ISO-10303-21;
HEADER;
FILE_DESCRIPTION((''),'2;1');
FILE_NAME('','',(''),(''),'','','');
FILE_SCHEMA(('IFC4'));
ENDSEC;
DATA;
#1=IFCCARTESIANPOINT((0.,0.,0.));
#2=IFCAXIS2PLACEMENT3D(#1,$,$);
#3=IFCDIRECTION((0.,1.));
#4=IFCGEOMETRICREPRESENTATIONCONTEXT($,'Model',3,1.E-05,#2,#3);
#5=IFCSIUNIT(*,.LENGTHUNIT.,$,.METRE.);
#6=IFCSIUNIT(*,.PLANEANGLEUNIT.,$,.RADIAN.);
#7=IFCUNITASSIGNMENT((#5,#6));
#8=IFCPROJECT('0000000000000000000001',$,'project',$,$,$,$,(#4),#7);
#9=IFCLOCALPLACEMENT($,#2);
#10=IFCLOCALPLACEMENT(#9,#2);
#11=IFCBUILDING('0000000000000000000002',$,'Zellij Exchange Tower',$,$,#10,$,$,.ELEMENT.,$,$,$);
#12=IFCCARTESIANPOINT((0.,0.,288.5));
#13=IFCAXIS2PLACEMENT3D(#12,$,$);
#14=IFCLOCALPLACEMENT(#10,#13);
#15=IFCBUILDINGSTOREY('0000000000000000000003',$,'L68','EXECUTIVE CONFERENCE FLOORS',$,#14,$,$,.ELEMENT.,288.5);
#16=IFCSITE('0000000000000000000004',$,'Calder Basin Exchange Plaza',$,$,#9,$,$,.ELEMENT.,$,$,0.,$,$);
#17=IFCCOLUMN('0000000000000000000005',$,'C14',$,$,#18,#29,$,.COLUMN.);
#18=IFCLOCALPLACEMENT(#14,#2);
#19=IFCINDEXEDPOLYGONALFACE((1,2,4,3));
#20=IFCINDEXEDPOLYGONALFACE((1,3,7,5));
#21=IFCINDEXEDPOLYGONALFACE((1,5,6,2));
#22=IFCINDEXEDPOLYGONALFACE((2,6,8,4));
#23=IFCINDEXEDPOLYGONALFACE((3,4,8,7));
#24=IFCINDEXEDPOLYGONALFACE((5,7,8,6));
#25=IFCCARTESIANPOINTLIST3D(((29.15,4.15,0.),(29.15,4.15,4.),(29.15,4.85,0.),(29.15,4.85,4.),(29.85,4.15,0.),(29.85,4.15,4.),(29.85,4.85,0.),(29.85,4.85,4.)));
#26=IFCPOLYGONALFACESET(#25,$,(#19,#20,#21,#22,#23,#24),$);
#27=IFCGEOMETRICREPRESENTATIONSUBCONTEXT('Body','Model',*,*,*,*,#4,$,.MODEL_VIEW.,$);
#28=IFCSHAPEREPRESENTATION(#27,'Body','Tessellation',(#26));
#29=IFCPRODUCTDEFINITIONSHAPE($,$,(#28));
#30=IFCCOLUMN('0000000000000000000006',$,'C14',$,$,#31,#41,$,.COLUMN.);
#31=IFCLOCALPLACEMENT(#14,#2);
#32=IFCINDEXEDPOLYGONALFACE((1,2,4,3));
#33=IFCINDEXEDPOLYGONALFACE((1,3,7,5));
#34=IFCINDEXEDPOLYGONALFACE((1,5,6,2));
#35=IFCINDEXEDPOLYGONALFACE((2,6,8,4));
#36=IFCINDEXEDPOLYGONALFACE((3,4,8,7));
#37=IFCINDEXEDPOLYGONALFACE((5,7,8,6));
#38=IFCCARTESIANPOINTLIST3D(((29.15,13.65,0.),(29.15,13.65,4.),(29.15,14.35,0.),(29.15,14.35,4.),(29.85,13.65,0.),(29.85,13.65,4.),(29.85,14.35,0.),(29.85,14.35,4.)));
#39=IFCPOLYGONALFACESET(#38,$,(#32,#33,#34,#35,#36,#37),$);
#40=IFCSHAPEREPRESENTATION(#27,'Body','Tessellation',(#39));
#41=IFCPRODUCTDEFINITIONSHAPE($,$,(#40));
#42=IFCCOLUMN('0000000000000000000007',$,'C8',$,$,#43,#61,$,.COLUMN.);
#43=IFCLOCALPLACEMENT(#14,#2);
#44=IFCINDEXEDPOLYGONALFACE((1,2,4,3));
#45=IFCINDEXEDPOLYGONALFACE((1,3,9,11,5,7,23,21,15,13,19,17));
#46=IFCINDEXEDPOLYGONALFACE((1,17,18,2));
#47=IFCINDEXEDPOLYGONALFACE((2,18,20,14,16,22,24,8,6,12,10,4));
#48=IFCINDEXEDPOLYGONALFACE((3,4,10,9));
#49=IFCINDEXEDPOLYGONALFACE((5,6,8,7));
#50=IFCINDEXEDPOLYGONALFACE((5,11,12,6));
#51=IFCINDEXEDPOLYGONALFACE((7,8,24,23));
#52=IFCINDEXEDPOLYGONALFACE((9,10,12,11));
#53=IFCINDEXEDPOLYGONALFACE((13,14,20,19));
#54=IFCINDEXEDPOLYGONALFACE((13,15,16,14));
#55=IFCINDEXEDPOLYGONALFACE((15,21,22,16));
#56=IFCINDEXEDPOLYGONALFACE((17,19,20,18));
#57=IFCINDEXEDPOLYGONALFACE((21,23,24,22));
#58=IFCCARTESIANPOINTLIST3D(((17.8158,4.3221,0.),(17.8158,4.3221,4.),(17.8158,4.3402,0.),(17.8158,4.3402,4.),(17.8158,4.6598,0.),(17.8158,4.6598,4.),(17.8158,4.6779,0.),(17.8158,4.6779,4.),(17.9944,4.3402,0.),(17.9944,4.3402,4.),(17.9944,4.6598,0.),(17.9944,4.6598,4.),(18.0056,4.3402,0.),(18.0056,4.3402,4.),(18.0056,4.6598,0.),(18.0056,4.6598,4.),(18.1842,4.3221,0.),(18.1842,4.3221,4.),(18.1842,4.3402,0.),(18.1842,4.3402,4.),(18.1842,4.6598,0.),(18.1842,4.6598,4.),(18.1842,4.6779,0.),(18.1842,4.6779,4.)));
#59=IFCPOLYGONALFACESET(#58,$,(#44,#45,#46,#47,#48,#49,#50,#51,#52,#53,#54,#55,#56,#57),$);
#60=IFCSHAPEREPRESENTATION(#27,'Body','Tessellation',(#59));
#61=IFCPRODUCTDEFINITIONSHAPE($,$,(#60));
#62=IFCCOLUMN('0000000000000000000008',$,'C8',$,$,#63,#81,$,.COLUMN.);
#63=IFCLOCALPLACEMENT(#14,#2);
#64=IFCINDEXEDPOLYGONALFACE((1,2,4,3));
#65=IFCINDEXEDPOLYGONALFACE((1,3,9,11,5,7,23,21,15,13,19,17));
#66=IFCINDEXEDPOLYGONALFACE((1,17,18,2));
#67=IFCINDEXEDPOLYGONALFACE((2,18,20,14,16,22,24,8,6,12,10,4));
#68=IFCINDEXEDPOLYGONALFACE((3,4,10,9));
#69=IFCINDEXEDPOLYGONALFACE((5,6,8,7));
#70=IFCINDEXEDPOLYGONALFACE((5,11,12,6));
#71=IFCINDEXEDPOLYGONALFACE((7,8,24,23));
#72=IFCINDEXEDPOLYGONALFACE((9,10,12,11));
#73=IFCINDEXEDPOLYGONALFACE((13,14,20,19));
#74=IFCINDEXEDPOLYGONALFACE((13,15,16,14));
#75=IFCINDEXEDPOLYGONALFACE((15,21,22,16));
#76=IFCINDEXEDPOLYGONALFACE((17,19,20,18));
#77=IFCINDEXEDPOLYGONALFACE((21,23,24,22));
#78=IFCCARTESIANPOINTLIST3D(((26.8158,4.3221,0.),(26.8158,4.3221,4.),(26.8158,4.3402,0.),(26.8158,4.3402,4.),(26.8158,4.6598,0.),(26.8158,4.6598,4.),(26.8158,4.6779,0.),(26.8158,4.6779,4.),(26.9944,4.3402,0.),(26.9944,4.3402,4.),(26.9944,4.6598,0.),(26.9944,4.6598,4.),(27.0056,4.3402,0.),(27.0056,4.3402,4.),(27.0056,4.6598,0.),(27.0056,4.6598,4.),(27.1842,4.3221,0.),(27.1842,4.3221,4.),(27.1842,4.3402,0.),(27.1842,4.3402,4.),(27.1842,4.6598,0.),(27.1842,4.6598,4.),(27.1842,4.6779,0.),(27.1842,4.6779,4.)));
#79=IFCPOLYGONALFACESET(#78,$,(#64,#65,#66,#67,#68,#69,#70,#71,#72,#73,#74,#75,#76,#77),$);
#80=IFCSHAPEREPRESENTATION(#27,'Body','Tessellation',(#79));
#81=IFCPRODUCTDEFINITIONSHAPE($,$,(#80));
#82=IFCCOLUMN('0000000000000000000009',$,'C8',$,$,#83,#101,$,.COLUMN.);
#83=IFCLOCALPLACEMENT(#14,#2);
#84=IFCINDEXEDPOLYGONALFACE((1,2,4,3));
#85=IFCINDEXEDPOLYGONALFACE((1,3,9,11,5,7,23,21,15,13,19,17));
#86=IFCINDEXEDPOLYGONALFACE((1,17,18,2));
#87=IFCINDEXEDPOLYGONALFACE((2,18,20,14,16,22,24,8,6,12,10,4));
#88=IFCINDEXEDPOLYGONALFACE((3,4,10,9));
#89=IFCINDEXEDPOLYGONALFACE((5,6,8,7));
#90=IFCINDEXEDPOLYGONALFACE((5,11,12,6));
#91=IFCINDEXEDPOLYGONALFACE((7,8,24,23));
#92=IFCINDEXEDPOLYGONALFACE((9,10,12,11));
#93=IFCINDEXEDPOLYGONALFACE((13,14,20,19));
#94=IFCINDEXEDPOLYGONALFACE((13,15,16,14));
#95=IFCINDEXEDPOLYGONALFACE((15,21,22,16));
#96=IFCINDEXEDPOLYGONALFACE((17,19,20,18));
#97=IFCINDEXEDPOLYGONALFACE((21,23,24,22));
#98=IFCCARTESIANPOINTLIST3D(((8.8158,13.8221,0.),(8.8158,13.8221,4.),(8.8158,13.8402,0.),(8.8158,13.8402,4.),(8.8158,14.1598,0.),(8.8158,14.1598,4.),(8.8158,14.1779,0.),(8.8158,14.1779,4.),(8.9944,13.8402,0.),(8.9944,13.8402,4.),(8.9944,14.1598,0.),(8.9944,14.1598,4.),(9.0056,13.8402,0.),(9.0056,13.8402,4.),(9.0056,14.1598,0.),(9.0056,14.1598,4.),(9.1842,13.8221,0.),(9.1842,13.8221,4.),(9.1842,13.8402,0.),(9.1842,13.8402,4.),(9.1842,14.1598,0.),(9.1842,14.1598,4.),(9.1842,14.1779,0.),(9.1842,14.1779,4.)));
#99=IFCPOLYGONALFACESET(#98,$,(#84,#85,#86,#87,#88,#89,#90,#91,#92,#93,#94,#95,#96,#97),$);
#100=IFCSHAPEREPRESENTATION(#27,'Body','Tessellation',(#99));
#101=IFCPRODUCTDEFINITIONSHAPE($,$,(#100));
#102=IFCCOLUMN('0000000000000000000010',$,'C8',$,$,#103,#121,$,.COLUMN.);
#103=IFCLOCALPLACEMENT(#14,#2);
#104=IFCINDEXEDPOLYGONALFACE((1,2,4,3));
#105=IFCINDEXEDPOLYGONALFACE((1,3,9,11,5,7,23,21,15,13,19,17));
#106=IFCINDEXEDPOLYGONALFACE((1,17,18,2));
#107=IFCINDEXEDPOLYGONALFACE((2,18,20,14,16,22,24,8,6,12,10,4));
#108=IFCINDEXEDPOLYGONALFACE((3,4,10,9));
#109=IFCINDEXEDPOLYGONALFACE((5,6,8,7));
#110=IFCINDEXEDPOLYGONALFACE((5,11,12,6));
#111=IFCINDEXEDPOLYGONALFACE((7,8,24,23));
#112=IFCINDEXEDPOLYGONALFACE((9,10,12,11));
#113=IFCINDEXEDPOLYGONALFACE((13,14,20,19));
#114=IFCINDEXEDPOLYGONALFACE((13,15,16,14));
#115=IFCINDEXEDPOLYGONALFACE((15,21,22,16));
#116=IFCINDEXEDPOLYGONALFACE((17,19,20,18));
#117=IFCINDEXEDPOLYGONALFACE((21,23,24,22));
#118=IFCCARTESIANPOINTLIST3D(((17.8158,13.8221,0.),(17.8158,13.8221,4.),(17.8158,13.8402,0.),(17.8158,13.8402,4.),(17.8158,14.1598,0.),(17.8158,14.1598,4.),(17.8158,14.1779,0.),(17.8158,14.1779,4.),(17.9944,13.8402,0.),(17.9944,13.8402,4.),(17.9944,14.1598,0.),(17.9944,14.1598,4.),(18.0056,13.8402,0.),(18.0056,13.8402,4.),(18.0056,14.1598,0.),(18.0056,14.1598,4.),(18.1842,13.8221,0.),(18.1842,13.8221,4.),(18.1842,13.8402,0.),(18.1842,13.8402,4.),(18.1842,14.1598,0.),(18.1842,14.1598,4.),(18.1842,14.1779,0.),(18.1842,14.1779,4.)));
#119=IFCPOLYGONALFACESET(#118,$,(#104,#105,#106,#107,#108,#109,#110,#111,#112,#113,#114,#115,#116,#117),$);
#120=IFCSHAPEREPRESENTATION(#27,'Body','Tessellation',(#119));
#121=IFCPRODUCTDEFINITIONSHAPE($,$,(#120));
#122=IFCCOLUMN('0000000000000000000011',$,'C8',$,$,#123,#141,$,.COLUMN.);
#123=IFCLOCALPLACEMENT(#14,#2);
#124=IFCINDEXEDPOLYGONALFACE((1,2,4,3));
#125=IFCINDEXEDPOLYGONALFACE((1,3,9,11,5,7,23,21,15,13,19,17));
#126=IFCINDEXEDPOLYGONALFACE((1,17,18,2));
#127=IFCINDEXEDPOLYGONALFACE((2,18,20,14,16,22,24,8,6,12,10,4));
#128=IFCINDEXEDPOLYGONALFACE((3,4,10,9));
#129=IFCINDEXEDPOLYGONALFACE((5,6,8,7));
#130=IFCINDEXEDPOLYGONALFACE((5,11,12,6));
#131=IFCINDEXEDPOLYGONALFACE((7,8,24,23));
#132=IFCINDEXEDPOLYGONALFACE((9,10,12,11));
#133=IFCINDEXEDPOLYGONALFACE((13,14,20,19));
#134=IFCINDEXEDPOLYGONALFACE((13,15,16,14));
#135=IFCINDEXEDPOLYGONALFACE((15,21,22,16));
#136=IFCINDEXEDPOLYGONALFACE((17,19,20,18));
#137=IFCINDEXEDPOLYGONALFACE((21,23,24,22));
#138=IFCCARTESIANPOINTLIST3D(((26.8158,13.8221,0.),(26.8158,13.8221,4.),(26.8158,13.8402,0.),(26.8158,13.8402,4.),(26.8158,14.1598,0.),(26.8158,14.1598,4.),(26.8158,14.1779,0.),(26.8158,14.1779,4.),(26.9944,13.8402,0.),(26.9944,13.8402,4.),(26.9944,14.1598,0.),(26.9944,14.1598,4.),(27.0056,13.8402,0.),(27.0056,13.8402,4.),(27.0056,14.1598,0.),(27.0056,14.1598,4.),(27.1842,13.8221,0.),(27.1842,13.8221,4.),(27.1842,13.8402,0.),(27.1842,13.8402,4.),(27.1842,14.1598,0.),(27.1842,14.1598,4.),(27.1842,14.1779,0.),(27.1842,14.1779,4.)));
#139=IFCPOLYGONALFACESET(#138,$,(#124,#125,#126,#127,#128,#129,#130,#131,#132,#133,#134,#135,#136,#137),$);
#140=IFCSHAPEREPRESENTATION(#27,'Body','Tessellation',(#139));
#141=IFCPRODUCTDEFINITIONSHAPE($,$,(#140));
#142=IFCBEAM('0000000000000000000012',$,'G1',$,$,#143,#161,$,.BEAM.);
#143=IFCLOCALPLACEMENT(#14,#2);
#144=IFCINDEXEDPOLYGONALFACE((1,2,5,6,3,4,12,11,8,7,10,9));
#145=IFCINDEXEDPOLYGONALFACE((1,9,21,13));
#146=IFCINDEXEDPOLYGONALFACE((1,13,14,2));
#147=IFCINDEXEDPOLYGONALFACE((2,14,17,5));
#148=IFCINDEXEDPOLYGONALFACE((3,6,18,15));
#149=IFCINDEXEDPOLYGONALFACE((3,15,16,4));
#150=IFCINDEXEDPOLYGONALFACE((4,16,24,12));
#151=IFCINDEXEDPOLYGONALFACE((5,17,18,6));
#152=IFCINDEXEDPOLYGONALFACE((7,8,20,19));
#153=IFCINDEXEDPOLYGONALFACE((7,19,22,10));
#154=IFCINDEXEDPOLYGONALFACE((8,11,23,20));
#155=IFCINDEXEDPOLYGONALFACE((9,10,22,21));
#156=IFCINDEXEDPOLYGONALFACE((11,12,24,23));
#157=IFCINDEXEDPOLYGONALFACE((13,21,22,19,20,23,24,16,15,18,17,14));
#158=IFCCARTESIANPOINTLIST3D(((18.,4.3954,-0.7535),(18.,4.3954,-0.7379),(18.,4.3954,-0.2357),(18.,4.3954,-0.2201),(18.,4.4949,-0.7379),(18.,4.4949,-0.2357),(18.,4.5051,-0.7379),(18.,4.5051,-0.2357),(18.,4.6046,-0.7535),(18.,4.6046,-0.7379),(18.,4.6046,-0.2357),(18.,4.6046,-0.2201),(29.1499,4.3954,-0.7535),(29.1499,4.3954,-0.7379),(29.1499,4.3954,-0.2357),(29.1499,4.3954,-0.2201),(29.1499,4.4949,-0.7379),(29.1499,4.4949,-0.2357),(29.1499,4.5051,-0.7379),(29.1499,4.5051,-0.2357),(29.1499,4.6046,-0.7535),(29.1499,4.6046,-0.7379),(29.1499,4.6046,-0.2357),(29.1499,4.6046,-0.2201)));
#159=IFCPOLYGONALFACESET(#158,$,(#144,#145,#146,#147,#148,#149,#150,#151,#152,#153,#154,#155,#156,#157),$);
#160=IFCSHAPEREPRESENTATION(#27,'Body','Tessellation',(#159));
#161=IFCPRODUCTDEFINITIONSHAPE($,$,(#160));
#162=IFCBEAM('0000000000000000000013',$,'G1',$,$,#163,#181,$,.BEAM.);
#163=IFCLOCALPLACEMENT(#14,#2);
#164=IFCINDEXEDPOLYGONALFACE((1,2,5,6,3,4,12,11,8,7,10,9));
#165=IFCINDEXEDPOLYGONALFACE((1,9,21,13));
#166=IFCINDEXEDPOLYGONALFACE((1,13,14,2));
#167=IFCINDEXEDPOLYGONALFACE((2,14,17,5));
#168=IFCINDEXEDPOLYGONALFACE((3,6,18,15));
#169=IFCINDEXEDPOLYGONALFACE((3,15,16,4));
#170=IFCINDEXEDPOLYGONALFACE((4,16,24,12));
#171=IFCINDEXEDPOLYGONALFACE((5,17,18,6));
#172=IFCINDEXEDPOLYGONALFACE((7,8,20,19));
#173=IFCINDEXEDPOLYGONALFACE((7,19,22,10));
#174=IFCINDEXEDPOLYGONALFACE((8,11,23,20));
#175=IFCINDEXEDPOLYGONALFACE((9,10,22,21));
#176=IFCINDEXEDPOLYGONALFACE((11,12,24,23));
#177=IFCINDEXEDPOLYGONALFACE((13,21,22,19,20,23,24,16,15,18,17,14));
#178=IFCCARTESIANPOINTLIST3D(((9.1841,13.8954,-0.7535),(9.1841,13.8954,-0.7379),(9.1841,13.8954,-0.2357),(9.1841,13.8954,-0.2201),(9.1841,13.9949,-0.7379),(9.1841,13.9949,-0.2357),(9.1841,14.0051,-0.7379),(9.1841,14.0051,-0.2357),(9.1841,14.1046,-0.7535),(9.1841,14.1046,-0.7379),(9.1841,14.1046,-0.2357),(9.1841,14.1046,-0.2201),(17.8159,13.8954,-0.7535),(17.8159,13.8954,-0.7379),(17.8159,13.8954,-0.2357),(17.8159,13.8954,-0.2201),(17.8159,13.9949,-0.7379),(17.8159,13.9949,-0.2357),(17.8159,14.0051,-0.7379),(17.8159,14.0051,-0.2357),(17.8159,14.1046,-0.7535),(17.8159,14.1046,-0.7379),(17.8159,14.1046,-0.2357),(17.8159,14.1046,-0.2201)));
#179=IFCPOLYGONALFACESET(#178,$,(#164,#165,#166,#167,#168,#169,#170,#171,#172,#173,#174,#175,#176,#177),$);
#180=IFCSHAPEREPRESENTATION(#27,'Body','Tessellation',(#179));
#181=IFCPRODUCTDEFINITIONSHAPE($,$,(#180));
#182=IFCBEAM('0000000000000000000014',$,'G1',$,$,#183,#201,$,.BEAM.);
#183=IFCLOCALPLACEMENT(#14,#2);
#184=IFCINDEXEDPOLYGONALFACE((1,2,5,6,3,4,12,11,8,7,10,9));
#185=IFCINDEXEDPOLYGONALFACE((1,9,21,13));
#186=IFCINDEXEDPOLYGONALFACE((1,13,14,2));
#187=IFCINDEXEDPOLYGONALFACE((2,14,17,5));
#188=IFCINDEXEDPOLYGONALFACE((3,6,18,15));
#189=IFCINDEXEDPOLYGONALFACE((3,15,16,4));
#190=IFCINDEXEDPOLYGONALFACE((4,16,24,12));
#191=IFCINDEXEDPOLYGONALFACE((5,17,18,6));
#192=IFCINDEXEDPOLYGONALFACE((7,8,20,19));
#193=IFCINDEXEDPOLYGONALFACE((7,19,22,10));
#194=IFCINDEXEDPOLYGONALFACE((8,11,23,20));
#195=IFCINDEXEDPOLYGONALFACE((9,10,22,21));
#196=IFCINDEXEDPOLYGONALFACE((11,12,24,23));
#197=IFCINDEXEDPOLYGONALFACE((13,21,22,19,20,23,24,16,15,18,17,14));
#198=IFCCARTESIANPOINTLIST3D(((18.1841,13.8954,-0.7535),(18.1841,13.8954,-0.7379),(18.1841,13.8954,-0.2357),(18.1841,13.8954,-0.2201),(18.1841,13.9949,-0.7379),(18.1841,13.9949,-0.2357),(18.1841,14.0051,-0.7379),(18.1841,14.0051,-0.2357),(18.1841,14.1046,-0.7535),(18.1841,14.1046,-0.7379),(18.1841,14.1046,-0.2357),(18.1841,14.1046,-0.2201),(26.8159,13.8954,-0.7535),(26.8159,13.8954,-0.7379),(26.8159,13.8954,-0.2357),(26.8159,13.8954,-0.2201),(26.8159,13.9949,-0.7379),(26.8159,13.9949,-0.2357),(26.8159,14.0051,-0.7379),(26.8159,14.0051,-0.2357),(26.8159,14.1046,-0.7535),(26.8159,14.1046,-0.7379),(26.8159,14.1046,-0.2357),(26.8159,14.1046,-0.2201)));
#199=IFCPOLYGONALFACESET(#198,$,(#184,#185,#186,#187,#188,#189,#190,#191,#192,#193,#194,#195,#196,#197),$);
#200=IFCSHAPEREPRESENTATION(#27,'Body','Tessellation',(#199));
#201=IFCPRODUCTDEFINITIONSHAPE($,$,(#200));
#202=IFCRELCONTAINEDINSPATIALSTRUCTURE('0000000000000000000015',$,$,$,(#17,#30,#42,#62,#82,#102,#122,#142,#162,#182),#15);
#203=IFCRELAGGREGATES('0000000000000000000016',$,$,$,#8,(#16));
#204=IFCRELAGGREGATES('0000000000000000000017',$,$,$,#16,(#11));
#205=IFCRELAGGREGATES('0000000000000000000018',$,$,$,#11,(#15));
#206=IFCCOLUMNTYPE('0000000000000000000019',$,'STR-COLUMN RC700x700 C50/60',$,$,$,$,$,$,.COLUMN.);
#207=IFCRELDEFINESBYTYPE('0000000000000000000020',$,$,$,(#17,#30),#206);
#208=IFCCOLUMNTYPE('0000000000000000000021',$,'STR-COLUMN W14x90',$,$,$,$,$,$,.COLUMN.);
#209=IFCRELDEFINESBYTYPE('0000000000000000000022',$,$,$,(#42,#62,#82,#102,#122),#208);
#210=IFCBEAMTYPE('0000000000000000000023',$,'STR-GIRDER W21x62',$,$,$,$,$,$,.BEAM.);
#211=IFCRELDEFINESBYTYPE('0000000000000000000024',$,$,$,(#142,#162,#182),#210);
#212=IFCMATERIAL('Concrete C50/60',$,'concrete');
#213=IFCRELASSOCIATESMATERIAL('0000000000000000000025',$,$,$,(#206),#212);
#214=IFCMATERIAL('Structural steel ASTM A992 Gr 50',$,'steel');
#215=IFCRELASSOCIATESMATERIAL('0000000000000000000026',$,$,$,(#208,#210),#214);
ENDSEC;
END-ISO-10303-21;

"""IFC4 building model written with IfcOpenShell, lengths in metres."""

from ifc_helpers import new_model, si_unit, direction, frame, origin, origin_2d, place, context, subcontext, project, spatial, rectangle, i_section, extrude, material, material_profile, profile_set, type_object, element, save


model = new_model("IFC4")

# Units and contexts
model_context = context("Model", 3, precision=1e-05, world=origin(), true_north=direction((0.0, 1.0)))
body_context = subcontext(model_context, "Body", "Model", "MODEL_VIEW")
ifc_project = project(units=[si_unit("LENGTHUNIT", "METRE"), si_unit("PLANEANGLEUNIT", "RADIAN")], contexts=[model_context])

# Site, building, storey
site_placement = place(None, origin())
site = spatial("IfcSite", under=ifc_project, at=site_placement, Name="Calder Basin Exchange Plaza", CompositionType="ELEMENT", RefElevation=0.0)
building_placement = place(site_placement, origin())
building = spatial("IfcBuilding", under=site, at=building_placement, Name="Zellij Exchange Tower", CompositionType="ELEMENT")
storey_placement = place(building_placement, frame((0.0, 0.0, 288.5)))
storey = spatial("IfcBuildingStorey", under=building, at=storey_placement, Name="L68", Description="EXECUTIVE CONFERENCE FLOORS", CompositionType="ELEMENT", Elevation=288.5)

# Columns
ifc_material_1 = material(Name="Concrete C50/60", Category="concrete")
ifc_material_profile_1 = material_profile(ifc_material_1, rectangle(XDim=0.7, YDim=0.7, at=origin_2d()), Name="STR-COLUMN RC700x700 C50/60")
ifc_profile_set_1 = profile_set([ifc_material_profile_1], Name="Concrete C50/60")
column_type_1 = type_object("IfcColumnType", Name="STR-COLUMN RC700x700 C50/60", PredefinedType="COLUMN", material=ifc_profile_set_1)
for number, where, z_axis, x_axis, name in (
    (1, (29.5, 4.5, 0.0), (0.0, 0.0, 1.0), (1.0, 0.0, 0.0), "C14"),
    (2, (29.5, 14.0, 0.0), (0.0, 0.0, 1.0), (1.0, 0.0, 0.0), "C14"),
):
    element("IfcColumn", number, at=place(storey_placement, frame(where, z_axis=z_axis, x_axis=x_axis)), inside=storey, type_object=column_type_1, Name=name, PredefinedType="COLUMN", context=body_context, shape_type="SweptSolid", body=[
        extrude(rectangle(XDim=0.7, YDim=0.7, at=origin_2d()), origin(), (0.0, 0.0, 1.0), 4.0),
    ])
ifc_material_2 = material(Name="Structural steel ASTM A992 Gr 50", Category="steel")
ifc_material_profile_2 = material_profile(ifc_material_2, i_section(OverallWidth=0.3684, OverallDepth=0.3557, WebThickness=0.0112, FlangeThickness=0.0181, at=origin_2d()), Name="W14x90")
ifc_profile_set_2 = profile_set([ifc_material_profile_2], Name="Structural steel ASTM A992 Gr 50")
column_type_2 = type_object("IfcColumnType", Name="STR-COLUMN W14x90", PredefinedType="COLUMN", material=ifc_profile_set_2)
for number, where, z_axis, x_axis, name in (
    (3, (18.0, 4.5, 0.0), (0.0, 0.0, 1.0), (1.0, 0.0, 0.0), "C8"),
    (4, (27.0, 4.5, 0.0), (0.0, 0.0, 1.0), (1.0, 0.0, 0.0), "C8"),
    (5, (9.0, 14.0, 0.0), (0.0, 0.0, 1.0), (1.0, 0.0, 0.0), "C8"),
    (6, (18.0, 14.0, 0.0), (0.0, 0.0, 1.0), (1.0, 0.0, 0.0), "C8"),
    (7, (27.0, 14.0, 0.0), (0.0, 0.0, 1.0), (1.0, 0.0, 0.0), "C8"),
):
    element("IfcColumn", number, at=place(storey_placement, frame(where, z_axis=z_axis, x_axis=x_axis)), inside=storey, type_object=column_type_2, Name=name, PredefinedType="COLUMN", context=body_context, shape_type="SweptSolid", body=[
        extrude(i_section(OverallWidth=0.3684, OverallDepth=0.3557, WebThickness=0.0112, FlangeThickness=0.0181, at=origin_2d()), origin(), (0.0, 0.0, 1.0), 4.0),
    ])

# Beams
ifc_material_profile_3 = material_profile(ifc_material_2, i_section(OverallWidth=0.2092, OverallDepth=0.5334, WebThickness=0.0103, FlangeThickness=0.0156, at=origin_2d()), Name="W21x62")
ifc_profile_set_3 = profile_set([ifc_material_profile_3], Name="Structural steel ASTM A992 Gr 50")
beam_type = type_object("IfcBeamType", Name="STR-GIRDER W21x62", PredefinedType="BEAM", material=ifc_profile_set_3)
beam_1_placement = place(storey_placement, frame((18.0, 4.5, -0.4868), z_axis=(1.0, 0.0, 0.0), x_axis=(0.0, 1.0, 0.0)))
element("IfcBeam", 8, at=beam_1_placement, inside=storey, type_object=beam_type, Name="G1", PredefinedType="BEAM", context=body_context, shape_type="SweptSolid", body=[
    extrude(i_section(OverallWidth=0.2092, OverallDepth=0.5334, WebThickness=0.0103, FlangeThickness=0.0156, at=origin_2d()), origin(), (0.0, 0.0, 1.0), 11.1499),
])
for number, where, z_axis, x_axis, name in (
    (9, (9.1841, 14.0, -0.4868), (1.0, 0.0, 0.0), (0.0, 1.0, 0.0), "G1"),
    (10, (18.1841, 14.0, -0.4868), (1.0, 0.0, 0.0), (0.0, 1.0, 0.0), "G1"),
):
    element("IfcBeam", number, at=place(storey_placement, frame(where, z_axis=z_axis, x_axis=x_axis)), inside=storey, type_object=beam_type, Name=name, PredefinedType="BEAM", context=body_context, shape_type="SweptSolid", body=[
        extrude(i_section(OverallWidth=0.2092, OverallDepth=0.5334, WebThickness=0.0103, FlangeThickness=0.0156, at=origin_2d()), origin(), (0.0, 0.0, 1.0), 8.6318),
    ])

save(model, "model.ifc")
